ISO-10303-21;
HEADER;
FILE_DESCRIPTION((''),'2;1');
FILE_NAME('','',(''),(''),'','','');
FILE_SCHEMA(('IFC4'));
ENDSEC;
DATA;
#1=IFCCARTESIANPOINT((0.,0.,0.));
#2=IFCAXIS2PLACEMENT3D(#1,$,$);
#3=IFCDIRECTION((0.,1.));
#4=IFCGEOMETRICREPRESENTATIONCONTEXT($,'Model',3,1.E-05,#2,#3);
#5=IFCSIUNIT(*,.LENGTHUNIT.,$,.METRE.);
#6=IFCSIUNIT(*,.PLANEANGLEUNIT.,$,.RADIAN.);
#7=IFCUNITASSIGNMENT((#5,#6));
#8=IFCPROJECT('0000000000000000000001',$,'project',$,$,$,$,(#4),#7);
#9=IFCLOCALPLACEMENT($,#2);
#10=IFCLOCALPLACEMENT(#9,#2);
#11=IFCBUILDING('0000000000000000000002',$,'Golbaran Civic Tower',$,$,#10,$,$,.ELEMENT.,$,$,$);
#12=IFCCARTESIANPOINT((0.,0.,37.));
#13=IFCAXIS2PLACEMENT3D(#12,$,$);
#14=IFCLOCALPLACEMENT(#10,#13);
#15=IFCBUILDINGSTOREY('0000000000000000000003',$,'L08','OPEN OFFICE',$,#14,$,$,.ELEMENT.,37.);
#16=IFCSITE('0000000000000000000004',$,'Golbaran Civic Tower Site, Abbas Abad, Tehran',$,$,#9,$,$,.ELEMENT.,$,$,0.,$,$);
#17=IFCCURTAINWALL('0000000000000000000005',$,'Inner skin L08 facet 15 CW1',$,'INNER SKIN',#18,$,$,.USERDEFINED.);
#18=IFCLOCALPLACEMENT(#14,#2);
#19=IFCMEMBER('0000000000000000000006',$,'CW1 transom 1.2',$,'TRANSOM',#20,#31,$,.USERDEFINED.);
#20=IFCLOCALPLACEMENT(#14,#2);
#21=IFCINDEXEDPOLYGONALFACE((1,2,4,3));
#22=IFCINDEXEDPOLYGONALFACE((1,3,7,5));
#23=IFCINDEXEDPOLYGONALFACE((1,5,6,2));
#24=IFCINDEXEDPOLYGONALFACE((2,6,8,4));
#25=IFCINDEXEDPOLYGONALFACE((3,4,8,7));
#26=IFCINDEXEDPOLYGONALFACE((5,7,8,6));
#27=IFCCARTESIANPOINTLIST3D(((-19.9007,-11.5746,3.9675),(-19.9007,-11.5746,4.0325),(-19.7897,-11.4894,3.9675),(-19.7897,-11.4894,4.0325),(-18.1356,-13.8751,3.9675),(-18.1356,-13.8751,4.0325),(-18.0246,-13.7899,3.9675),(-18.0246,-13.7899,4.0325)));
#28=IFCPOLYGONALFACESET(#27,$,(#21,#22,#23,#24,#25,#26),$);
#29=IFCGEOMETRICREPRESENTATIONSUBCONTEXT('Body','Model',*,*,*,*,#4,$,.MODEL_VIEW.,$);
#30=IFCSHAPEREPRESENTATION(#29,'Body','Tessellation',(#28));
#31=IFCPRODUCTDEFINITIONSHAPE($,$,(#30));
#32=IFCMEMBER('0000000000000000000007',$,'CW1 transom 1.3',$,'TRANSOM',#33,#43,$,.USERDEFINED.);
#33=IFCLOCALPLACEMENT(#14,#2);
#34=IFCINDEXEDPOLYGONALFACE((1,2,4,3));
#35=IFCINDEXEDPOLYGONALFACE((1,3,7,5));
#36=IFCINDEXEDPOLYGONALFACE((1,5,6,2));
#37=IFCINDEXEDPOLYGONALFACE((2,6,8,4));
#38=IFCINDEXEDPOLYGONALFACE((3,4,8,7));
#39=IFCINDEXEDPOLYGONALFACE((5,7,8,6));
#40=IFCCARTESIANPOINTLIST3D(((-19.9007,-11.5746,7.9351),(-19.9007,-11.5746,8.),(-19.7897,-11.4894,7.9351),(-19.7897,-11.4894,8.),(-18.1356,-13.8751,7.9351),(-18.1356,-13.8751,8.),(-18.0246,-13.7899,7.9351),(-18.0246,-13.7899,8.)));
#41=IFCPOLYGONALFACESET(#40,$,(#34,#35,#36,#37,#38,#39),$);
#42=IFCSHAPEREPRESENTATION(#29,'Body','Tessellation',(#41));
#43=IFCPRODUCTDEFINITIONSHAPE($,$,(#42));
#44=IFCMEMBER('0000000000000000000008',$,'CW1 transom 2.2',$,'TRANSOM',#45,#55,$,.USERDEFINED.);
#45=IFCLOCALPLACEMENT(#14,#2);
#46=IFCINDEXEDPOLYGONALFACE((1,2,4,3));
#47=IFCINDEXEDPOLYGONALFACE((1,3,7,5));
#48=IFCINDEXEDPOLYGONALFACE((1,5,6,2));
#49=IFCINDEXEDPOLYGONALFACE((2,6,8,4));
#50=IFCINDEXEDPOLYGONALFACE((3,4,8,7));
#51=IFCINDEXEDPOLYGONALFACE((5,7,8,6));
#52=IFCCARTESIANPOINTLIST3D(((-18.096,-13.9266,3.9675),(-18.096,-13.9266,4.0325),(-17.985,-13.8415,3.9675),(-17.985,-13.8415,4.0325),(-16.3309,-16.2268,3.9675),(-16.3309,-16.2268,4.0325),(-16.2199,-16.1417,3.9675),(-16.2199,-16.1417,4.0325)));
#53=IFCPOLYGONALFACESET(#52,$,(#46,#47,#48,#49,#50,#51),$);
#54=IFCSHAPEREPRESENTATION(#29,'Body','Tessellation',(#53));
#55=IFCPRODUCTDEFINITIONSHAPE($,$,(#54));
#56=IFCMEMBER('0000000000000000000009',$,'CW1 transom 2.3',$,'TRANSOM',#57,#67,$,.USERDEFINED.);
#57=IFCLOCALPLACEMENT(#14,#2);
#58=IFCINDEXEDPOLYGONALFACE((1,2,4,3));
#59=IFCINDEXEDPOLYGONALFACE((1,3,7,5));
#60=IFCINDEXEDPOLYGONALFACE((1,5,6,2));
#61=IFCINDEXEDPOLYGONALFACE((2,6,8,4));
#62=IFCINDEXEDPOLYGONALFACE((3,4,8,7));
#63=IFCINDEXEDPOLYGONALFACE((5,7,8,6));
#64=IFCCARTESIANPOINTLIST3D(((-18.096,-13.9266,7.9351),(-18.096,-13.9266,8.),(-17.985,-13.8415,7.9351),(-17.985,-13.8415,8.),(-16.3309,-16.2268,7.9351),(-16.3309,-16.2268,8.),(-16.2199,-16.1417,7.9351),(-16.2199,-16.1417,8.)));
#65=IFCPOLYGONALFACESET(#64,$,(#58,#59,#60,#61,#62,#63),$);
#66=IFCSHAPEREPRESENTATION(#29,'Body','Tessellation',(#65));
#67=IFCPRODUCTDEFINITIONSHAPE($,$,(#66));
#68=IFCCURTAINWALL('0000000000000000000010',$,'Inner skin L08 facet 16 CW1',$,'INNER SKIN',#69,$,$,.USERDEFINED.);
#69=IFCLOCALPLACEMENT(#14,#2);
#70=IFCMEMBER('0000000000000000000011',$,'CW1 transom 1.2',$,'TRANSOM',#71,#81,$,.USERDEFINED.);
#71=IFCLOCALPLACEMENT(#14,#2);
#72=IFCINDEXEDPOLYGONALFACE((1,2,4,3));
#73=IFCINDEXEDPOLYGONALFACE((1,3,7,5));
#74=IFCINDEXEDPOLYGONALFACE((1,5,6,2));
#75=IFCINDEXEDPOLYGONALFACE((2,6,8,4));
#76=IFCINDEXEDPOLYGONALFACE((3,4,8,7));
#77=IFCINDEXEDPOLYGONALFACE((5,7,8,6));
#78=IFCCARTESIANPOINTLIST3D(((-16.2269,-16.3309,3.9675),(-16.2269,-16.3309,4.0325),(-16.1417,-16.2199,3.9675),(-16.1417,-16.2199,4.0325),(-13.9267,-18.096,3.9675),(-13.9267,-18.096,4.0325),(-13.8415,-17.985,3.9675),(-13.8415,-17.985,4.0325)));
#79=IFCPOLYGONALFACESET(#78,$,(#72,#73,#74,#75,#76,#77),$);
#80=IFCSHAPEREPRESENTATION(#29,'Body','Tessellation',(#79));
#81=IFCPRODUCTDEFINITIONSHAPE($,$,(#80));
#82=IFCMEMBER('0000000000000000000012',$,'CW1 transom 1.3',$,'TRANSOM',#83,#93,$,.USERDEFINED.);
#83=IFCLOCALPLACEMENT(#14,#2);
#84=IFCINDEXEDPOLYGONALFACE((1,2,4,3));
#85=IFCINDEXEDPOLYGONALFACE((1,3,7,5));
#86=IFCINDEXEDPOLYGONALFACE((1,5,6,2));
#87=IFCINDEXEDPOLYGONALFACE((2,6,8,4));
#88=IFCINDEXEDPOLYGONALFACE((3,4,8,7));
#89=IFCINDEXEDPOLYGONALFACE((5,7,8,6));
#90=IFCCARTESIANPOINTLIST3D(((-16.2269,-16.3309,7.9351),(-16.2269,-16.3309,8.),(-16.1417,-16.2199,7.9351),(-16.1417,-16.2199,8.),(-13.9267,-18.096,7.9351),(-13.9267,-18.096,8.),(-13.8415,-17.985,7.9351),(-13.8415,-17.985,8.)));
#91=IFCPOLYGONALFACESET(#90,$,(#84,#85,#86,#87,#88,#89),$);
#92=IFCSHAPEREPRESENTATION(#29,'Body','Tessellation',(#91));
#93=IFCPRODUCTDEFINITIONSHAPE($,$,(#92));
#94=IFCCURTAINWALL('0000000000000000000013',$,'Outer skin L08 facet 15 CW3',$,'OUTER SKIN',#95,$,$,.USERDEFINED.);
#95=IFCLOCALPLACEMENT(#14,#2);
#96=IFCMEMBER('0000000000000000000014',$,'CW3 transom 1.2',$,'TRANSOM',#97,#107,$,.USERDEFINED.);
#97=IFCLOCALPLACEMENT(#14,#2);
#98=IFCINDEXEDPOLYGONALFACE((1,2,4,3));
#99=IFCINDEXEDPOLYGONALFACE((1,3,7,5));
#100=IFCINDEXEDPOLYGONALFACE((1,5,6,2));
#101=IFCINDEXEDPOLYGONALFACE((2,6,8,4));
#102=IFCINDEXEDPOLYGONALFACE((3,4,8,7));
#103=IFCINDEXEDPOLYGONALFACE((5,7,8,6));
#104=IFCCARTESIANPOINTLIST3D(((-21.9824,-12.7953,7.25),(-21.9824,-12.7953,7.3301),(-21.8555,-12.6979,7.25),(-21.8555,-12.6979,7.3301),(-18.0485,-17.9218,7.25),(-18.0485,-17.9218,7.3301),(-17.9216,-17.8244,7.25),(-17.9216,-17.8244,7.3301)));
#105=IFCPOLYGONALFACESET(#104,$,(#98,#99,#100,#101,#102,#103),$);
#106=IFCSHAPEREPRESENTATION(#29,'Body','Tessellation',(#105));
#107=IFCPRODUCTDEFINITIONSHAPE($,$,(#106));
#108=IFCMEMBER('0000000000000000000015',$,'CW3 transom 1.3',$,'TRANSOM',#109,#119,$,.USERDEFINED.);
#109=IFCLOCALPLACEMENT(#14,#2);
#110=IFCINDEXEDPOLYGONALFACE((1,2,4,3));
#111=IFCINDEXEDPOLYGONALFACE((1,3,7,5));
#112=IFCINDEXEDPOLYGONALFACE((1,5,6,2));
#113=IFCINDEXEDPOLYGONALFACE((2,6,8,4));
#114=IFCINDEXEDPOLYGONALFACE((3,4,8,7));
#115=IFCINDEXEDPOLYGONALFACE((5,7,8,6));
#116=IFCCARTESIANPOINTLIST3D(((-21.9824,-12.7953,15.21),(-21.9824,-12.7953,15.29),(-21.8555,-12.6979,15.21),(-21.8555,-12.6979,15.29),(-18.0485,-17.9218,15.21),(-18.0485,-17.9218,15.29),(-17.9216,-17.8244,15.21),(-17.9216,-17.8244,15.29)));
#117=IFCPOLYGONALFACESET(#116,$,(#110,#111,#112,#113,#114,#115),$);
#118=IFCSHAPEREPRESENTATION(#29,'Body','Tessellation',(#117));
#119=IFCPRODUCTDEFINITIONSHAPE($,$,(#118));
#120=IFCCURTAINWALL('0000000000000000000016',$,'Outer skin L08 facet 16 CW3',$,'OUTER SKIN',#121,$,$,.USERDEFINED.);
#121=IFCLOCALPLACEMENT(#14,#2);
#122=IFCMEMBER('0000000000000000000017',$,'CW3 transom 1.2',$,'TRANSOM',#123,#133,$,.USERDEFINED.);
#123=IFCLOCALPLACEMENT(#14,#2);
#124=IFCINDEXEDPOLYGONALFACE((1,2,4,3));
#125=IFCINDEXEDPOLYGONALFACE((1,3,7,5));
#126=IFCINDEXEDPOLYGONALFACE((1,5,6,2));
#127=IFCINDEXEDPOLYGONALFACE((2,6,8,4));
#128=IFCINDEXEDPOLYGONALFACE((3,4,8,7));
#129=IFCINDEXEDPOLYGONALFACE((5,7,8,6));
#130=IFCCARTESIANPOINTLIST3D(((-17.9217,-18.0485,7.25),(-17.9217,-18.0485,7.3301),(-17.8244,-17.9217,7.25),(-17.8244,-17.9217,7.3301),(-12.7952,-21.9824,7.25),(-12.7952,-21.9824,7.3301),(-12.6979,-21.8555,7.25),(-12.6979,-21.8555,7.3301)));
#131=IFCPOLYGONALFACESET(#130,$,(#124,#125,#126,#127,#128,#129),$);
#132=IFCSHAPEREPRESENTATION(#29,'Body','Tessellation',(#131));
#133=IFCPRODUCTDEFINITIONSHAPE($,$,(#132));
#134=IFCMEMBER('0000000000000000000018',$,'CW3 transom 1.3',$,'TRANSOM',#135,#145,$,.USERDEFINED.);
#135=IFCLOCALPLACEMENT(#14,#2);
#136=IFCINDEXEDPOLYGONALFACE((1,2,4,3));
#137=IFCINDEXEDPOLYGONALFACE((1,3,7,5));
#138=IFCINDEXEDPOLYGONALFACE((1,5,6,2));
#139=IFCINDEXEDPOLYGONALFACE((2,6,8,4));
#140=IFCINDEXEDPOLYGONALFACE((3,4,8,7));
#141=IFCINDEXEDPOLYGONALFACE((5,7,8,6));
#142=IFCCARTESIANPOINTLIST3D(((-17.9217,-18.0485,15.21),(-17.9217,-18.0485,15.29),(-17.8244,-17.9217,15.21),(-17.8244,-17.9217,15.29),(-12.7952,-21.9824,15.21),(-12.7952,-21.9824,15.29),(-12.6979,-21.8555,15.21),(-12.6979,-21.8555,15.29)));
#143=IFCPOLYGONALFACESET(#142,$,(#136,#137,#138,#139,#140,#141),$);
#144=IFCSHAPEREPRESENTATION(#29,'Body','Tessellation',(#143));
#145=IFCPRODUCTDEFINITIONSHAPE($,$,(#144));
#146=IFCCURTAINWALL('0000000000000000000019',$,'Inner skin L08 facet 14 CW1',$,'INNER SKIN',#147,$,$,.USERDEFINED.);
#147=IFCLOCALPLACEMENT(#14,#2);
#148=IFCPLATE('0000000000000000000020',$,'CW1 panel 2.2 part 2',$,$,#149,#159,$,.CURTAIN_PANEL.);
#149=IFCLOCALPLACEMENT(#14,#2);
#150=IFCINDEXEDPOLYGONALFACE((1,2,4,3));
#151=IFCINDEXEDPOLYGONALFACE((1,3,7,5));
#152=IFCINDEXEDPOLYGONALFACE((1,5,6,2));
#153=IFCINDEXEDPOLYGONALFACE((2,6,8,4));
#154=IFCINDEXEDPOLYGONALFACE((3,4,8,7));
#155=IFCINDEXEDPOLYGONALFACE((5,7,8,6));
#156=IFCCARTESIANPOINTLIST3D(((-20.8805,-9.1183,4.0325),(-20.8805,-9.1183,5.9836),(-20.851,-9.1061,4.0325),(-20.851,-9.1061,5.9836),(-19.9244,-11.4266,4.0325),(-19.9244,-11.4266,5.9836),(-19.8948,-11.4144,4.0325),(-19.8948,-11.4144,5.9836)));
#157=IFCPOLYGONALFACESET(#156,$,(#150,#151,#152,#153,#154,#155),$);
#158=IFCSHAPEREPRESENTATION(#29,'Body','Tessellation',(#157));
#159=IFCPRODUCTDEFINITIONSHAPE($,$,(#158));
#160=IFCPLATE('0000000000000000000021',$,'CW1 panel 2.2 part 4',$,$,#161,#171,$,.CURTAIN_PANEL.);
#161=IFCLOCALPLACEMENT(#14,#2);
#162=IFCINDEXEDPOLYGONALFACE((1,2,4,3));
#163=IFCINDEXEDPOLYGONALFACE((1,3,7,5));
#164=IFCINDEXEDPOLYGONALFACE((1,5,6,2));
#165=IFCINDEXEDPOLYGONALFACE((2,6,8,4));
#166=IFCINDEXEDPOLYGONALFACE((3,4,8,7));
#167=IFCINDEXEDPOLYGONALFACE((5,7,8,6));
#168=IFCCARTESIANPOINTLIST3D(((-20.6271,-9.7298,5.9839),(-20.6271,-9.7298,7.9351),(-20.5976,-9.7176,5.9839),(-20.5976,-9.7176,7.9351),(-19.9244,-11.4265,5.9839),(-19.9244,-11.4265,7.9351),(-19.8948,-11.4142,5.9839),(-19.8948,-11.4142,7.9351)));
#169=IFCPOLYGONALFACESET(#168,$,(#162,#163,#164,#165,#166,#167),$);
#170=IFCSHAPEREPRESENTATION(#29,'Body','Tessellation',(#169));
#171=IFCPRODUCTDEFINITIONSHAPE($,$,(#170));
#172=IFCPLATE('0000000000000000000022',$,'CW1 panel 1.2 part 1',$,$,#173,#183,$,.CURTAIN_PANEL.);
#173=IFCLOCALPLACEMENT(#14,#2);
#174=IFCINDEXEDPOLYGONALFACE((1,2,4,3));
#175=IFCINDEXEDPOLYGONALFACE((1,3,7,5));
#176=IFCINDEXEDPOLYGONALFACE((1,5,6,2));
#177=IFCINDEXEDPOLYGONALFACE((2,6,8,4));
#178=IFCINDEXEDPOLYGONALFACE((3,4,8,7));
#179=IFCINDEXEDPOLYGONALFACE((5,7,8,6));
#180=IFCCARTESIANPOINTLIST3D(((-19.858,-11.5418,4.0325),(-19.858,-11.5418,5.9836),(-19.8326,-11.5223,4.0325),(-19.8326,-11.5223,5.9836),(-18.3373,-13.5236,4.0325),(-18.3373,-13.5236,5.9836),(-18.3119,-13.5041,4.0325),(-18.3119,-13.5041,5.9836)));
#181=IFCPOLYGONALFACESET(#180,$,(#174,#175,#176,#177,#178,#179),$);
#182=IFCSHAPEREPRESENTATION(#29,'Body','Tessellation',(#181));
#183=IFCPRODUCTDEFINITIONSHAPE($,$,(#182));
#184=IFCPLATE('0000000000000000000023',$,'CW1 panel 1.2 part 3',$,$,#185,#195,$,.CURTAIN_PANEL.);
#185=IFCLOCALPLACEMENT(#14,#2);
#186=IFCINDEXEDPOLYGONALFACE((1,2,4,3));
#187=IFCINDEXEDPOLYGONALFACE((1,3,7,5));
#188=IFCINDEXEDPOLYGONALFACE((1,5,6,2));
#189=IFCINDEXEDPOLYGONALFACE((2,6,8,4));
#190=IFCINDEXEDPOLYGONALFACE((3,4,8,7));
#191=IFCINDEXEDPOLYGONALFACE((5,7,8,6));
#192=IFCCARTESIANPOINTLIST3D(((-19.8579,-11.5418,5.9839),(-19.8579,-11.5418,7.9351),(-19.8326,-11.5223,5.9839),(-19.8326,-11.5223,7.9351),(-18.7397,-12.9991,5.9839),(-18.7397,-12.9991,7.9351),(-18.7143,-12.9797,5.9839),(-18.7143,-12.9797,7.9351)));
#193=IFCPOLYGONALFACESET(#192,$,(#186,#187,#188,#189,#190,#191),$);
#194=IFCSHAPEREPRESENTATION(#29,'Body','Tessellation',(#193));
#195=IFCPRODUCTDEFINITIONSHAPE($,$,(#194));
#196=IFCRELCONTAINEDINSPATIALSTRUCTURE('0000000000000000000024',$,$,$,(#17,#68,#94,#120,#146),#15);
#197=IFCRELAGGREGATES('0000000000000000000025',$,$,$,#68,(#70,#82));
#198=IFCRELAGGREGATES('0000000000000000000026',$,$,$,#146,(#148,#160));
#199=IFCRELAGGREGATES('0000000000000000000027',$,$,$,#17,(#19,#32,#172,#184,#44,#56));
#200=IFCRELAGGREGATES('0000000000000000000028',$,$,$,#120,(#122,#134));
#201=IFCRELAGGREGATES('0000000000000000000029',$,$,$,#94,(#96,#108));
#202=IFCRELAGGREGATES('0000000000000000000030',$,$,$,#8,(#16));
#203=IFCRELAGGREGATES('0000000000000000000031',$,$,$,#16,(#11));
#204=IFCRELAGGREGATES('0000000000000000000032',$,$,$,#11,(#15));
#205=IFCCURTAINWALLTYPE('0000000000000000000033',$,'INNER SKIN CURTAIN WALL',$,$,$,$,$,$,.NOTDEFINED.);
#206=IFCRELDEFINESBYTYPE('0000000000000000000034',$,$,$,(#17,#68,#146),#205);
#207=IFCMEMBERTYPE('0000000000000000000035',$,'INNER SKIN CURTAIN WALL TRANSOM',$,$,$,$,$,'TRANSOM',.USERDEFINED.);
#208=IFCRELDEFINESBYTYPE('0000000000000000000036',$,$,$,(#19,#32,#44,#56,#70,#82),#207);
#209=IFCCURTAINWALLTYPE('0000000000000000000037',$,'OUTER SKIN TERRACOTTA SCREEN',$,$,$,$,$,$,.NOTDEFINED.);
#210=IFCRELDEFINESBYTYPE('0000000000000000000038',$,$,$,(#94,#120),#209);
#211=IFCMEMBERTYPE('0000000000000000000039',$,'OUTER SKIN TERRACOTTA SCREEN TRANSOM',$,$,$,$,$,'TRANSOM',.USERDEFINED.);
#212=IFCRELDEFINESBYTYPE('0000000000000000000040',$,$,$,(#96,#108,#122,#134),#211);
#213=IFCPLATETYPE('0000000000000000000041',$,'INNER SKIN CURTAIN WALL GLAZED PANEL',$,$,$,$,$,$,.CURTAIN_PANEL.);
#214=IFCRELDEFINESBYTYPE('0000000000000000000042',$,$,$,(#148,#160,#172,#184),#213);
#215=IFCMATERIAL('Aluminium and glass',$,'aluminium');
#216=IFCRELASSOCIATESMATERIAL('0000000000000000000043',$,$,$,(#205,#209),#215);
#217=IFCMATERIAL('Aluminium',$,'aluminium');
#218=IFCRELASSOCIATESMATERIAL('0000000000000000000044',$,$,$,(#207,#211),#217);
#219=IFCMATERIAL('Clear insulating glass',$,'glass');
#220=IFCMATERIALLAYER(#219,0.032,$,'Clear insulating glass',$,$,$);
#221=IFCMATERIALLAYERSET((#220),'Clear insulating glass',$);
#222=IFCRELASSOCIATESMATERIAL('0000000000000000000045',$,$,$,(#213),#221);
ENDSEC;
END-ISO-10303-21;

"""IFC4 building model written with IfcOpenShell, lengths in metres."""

from ifc_helpers import new_model, si_unit, direction, frame, origin, origin_2d, place, context, subcontext, project, spatial, rectangle, extrude, material, layer, layer_set, material_profile, profile_set, type_object, element, aggregate, save


model = new_model("IFC4")

# Units and contexts
model_context = context("Model", 3, precision=1e-05, world=origin(), true_north=direction((0.0, 1.0)))
body_context = subcontext(model_context, "Body", "Model", "MODEL_VIEW")
ifc_project = project(units=[si_unit("LENGTHUNIT", "METRE"), si_unit("PLANEANGLEUNIT", "RADIAN")], contexts=[model_context])

# Site, building, storey
site_placement = place(None, origin())
site = spatial("IfcSite", under=ifc_project, at=site_placement, Name="Golbaran Civic Tower Site, Abbas Abad, Tehran", CompositionType="ELEMENT", RefElevation=0.0)
building_placement = place(site_placement, origin())
building = spatial("IfcBuilding", under=site, at=building_placement, Name="Golbaran Civic Tower", CompositionType="ELEMENT")
storey_placement = place(building_placement, frame((0.0, 0.0, 37.0)))
storey = spatial("IfcBuildingStorey", under=building, at=storey_placement, Name="L08", Description="OPEN OFFICE", CompositionType="ELEMENT", Elevation=37.0)

# Curtain walls, members
ifc_material_1 = material(Name="Aluminium and glass", Category="aluminium")
curtain_wall_type_1 = type_object("IfcCurtainWallType", Name="INNER SKIN CURTAIN WALL", PredefinedType="NOTDEFINED", material=ifc_material_1)
curtain_wall_1_placement = place(storey_placement, origin())
curtain_wall_1 = element("IfcCurtainWall", 1, at=curtain_wall_1_placement, inside=storey, type_object=curtain_wall_type_1, Name="Inner skin L08 facet 15 CW1", ObjectType="INNER SKIN", PredefinedType="USERDEFINED")
ifc_material_2 = material(Name="Aluminium", Category="aluminium")
ifc_material_profile_1 = material_profile(ifc_material_2, rectangle(XDim=0.1399, YDim=0.0649, at=origin_2d()), Name="INNER SKIN CURTAIN WALL TRANSOM")
ifc_profile_set_1 = profile_set([ifc_material_profile_1], Name="Aluminium")
member_type_1 = type_object("IfcMemberType", Name="INNER SKIN CURTAIN WALL TRANSOM", ElementType="TRANSOM", PredefinedType="USERDEFINED", material=ifc_profile_set_1)
member_1_placement = place(storey_placement, frame((-19.8452, -11.532, 4.0), z_axis=(0.608734, -0.793375, 0.0), x_axis=(0.793375, 0.608734, 0.0)))
member_1 = element("IfcMember", 2, at=member_1_placement, type_object=member_type_1, Name="CW1 transom 1.2", ObjectType="TRANSOM", PredefinedType="USERDEFINED", context=body_context, shape_type="SweptSolid", body=[
    extrude(rectangle(XDim=0.1399, YDim=0.0649, at=origin_2d()), origin(), (0.0, 0.0, 1.0), 2.8997),
])
member_2_placement = place(storey_placement, frame((-19.8452, -11.532, 7.9675), z_axis=(0.608734, -0.793375, 0.0), x_axis=(0.793375, 0.608734, 0.0)))
member_2 = element("IfcMember", 3, at=member_2_placement, type_object=member_type_1, Name="CW1 transom 1.3", ObjectType="TRANSOM", PredefinedType="USERDEFINED", context=body_context, shape_type="SweptSolid", body=[
    extrude(rectangle(XDim=0.1399, YDim=0.0649, at=origin_2d()), origin(), (0.0, 0.0, 1.0), 2.8997),
])
member_3_placement = place(storey_placement, frame((-18.0405, -13.884, 4.0), z_axis=(0.608774, -0.793343, 0.0), x_axis=(0.793343, 0.608774, 0.0)))
member_3 = element("IfcMember", 4, at=member_3_placement, type_object=member_type_1, Name="CW1 transom 2.2", ObjectType="TRANSOM", PredefinedType="USERDEFINED", context=body_context, shape_type="SweptSolid", body=[
    extrude(rectangle(XDim=0.1399, YDim=0.0649, at=origin_2d()), origin(), (0.0, 0.0, 1.0), 2.8994),
])
member_4_placement = place(storey_placement, frame((-18.0405, -13.884, 7.9675), z_axis=(0.608774, -0.793343, 0.0), x_axis=(0.793343, 0.608774, 0.0)))
member_4 = element("IfcMember", 5, at=member_4_placement, type_object=member_type_1, Name="CW1 transom 2.3", ObjectType="TRANSOM", PredefinedType="USERDEFINED", context=body_context, shape_type="SweptSolid", body=[
    extrude(rectangle(XDim=0.1399, YDim=0.0649, at=origin_2d()), origin(), (0.0, 0.0, 1.0), 2.8994),
])
curtain_wall_2_placement = place(storey_placement, origin())
curtain_wall_2 = element("IfcCurtainWall", 6, at=curtain_wall_2_placement, inside=storey, type_object=curtain_wall_type_1, Name="Inner skin L08 facet 16 CW1", ObjectType="INNER SKIN", PredefinedType="USERDEFINED")
member_5_placement = place(storey_placement, frame((-16.1843, -16.2754, 4.0), z_axis=(0.793343, -0.608774, 0.0), x_axis=(0.608774, 0.793343, 0.0)))
member_5 = element("IfcMember", 7, at=member_5_placement, type_object=member_type_1, Name="CW1 transom 1.2", ObjectType="TRANSOM", PredefinedType="USERDEFINED", context=body_context, shape_type="SweptSolid", body=[
    extrude(rectangle(XDim=0.1399, YDim=0.0649, at=origin_2d()), origin(), (0.0, 0.0, 1.0), 2.8994),
])
member_6_placement = place(storey_placement, frame((-16.1843, -16.2754, 7.9675), z_axis=(0.793343, -0.608774, 0.0), x_axis=(0.608774, 0.793343, 0.0)))
member_6 = element("IfcMember", 8, at=member_6_placement, type_object=member_type_1, Name="CW1 transom 1.3", ObjectType="TRANSOM", PredefinedType="USERDEFINED", context=body_context, shape_type="SweptSolid", body=[
    extrude(rectangle(XDim=0.1399, YDim=0.0649, at=origin_2d()), origin(), (0.0, 0.0, 1.0), 2.8994),
])
curtain_wall_type_2 = type_object("IfcCurtainWallType", Name="OUTER SKIN TERRACOTTA SCREEN", PredefinedType="NOTDEFINED", material=ifc_material_1)
curtain_wall_3_placement = place(storey_placement, origin())
curtain_wall_3 = element("IfcCurtainWall", 9, at=curtain_wall_3_placement, inside=storey, type_object=curtain_wall_type_2, Name="Outer skin L08 facet 15 CW3", ObjectType="OUTER SKIN", PredefinedType="USERDEFINED")
ifc_material_profile_2 = material_profile(ifc_material_2, rectangle(XDim=0.1599, YDim=0.0801, at=origin_2d()), Name="OUTER SKIN TERRACOTTA SCREEN TRANSOM")
ifc_profile_set_2 = profile_set([ifc_material_profile_2], Name="Aluminium")
member_type_2 = type_object("IfcMemberType", Name="OUTER SKIN TERRACOTTA SCREEN TRANSOM", ElementType="TRANSOM", PredefinedType="USERDEFINED", material=ifc_profile_set_2)
member_7_placement = place(storey_placement, frame((-21.9189, -12.7466, 7.29), z_axis=(0.608777, -0.793341, 0.0), x_axis=(0.793341, 0.608777, 0.0)))
member_7 = element("IfcMember", 10, at=member_7_placement, type_object=member_type_2, Name="CW3 transom 1.2", ObjectType="TRANSOM", PredefinedType="USERDEFINED", context=body_context, shape_type="SweptSolid", body=[
    extrude(rectangle(XDim=0.1599, YDim=0.0801, at=origin_2d()), origin(), (0.0, 0.0, 1.0), 6.4619),
])
member_8_placement = place(storey_placement, frame((-21.9189, -12.7466, 15.25), z_axis=(0.608777, -0.793341, 0.0), x_axis=(0.793341, 0.608777, 0.0)))
member_8 = element("IfcMember", 11, at=member_8_placement, type_object=member_type_2, Name="CW3 transom 1.3", ObjectType="TRANSOM", PredefinedType="USERDEFINED", context=body_context, shape_type="SweptSolid", body=[
    extrude(rectangle(XDim=0.1599, YDim=0.0801, at=origin_2d()), origin(), (0.0, 0.0, 1.0), 6.4619),
])
curtain_wall_4_placement = place(storey_placement, origin())
curtain_wall_4 = element("IfcCurtainWall", 12, at=curtain_wall_4_placement, inside=storey, type_object=curtain_wall_type_2, Name="Outer skin L08 facet 16 CW3", ObjectType="OUTER SKIN", PredefinedType="USERDEFINED")
member_9_placement = place(storey_placement, frame((-17.873, -17.9851, 7.29), z_axis=(0.793341, -0.608777, 0.0), x_axis=(0.608777, 0.793341, 0.0)))
member_9 = element("IfcMember", 13, at=member_9_placement, type_object=member_type_2, Name="CW3 transom 1.2", ObjectType="TRANSOM", PredefinedType="USERDEFINED", context=body_context, shape_type="SweptSolid", body=[
    extrude(rectangle(XDim=0.1599, YDim=0.0801, at=origin_2d()), origin(), (0.0, 0.0, 1.0), 6.4619),
])
member_10_placement = place(storey_placement, frame((-17.873, -17.9851, 15.25), z_axis=(0.793341, -0.608777, 0.0), x_axis=(0.608777, 0.793341, 0.0)))
member_10 = element("IfcMember", 14, at=member_10_placement, type_object=member_type_2, Name="CW3 transom 1.3", ObjectType="TRANSOM", PredefinedType="USERDEFINED", context=body_context, shape_type="SweptSolid", body=[
    extrude(rectangle(XDim=0.1599, YDim=0.0801, at=origin_2d()), origin(), (0.0, 0.0, 1.0), 6.4619),
])

# Curtain wall, plates
curtain_wall_5_placement = place(storey_placement, origin())
curtain_wall_5 = element("IfcCurtainWall", 15, at=curtain_wall_5_placement, inside=storey, type_object=curtain_wall_type_1, Name="Inner skin L08 facet 14 CW1", ObjectType="INNER SKIN", PredefinedType="USERDEFINED")
ifc_material_3 = material(Name="Clear insulating glass", Category="glass")
ifc_layer_1 = layer(ifc_material_3, 0.032, Name="Clear insulating glass")
ifc_layer_set_1 = layer_set([ifc_layer_1], Name="Clear insulating glass")
plate_type_1 = type_object("IfcPlateType", Name="INNER SKIN CURTAIN WALL GLAZED PANEL", PredefinedType="CURTAIN_PANEL", material=ifc_layer_set_1)
plate_1_placement = place(storey_placement, frame((-20.3877, -10.2664, 4.0325), z_axis=(0.0, 0.0, 1.0), x_axis=(0.382683, -0.92388, 0.0)))
plate_1 = element("IfcPlate", 16, at=plate_1_placement, type_object=plate_type_1, Name="CW1 panel 2.2 part 2", PredefinedType="CURTAIN_PANEL", context=body_context, shape_type="SweptSolid", body=[
    extrude(rectangle(XDim=2.4985, YDim=0.032, at=origin_2d()), origin(), (0.0, 0.0, 1.0), 1.9512),
])
plate_2_placement = place(storey_placement, frame((-20.261, -10.572, 5.9839), z_axis=(0.0, 0.0, 1.0), x_axis=(0.382683, -0.92388, 0.0)))
plate_2 = element("IfcPlate", 17, at=plate_2_placement, type_object=plate_type_1, Name="CW1 panel 2.2 part 4", PredefinedType="CURTAIN_PANEL", context=body_context, shape_type="SweptSolid", body=[
    extrude(rectangle(XDim=1.8364, YDim=0.032, at=origin_2d()), origin(), (0.0, 0.0, 1.0), 1.9512),
])

# Plates
plate_3_placement = place(storey_placement, frame((-19.085, -12.5229, 4.0325), z_axis=(0.0, 0.0, 1.0), x_axis=(0.608761, -0.793353, 0.0)))
plate_3 = element("IfcPlate", 18, at=plate_3_placement, type_object=plate_type_1, Name="CW1 panel 1.2 part 1", PredefinedType="CURTAIN_PANEL", context=body_context, shape_type="SweptSolid", body=[
    extrude(rectangle(XDim=2.498, YDim=0.032, at=origin_2d()), origin(), (0.0, 0.0, 1.0), 1.9512),
])
plate_4_placement = place(storey_placement, frame((-19.2861, -12.2607, 5.9839), z_axis=(0.0, 0.0, 1.0), x_axis=(0.608761, -0.793353, 0.0)))
plate_4 = element("IfcPlate", 19, at=plate_4_placement, type_object=plate_type_1, Name="CW1 panel 1.2 part 3", PredefinedType="CURTAIN_PANEL", context=body_context, shape_type="SweptSolid", body=[
    extrude(rectangle(XDim=1.8369, YDim=0.032, at=origin_2d()), origin(), (0.0, 0.0, 1.0), 1.9512),
])
aggregate(curtain_wall_2, [member_5, member_6])
aggregate(curtain_wall_5, [plate_1, plate_2])
aggregate(curtain_wall_1, [member_1, member_2, plate_3, plate_4, member_3, member_4])

aggregate(curtain_wall_4, [member_9, member_10])
aggregate(curtain_wall_3, [member_7, member_8])

save(model, "model.ifc")
